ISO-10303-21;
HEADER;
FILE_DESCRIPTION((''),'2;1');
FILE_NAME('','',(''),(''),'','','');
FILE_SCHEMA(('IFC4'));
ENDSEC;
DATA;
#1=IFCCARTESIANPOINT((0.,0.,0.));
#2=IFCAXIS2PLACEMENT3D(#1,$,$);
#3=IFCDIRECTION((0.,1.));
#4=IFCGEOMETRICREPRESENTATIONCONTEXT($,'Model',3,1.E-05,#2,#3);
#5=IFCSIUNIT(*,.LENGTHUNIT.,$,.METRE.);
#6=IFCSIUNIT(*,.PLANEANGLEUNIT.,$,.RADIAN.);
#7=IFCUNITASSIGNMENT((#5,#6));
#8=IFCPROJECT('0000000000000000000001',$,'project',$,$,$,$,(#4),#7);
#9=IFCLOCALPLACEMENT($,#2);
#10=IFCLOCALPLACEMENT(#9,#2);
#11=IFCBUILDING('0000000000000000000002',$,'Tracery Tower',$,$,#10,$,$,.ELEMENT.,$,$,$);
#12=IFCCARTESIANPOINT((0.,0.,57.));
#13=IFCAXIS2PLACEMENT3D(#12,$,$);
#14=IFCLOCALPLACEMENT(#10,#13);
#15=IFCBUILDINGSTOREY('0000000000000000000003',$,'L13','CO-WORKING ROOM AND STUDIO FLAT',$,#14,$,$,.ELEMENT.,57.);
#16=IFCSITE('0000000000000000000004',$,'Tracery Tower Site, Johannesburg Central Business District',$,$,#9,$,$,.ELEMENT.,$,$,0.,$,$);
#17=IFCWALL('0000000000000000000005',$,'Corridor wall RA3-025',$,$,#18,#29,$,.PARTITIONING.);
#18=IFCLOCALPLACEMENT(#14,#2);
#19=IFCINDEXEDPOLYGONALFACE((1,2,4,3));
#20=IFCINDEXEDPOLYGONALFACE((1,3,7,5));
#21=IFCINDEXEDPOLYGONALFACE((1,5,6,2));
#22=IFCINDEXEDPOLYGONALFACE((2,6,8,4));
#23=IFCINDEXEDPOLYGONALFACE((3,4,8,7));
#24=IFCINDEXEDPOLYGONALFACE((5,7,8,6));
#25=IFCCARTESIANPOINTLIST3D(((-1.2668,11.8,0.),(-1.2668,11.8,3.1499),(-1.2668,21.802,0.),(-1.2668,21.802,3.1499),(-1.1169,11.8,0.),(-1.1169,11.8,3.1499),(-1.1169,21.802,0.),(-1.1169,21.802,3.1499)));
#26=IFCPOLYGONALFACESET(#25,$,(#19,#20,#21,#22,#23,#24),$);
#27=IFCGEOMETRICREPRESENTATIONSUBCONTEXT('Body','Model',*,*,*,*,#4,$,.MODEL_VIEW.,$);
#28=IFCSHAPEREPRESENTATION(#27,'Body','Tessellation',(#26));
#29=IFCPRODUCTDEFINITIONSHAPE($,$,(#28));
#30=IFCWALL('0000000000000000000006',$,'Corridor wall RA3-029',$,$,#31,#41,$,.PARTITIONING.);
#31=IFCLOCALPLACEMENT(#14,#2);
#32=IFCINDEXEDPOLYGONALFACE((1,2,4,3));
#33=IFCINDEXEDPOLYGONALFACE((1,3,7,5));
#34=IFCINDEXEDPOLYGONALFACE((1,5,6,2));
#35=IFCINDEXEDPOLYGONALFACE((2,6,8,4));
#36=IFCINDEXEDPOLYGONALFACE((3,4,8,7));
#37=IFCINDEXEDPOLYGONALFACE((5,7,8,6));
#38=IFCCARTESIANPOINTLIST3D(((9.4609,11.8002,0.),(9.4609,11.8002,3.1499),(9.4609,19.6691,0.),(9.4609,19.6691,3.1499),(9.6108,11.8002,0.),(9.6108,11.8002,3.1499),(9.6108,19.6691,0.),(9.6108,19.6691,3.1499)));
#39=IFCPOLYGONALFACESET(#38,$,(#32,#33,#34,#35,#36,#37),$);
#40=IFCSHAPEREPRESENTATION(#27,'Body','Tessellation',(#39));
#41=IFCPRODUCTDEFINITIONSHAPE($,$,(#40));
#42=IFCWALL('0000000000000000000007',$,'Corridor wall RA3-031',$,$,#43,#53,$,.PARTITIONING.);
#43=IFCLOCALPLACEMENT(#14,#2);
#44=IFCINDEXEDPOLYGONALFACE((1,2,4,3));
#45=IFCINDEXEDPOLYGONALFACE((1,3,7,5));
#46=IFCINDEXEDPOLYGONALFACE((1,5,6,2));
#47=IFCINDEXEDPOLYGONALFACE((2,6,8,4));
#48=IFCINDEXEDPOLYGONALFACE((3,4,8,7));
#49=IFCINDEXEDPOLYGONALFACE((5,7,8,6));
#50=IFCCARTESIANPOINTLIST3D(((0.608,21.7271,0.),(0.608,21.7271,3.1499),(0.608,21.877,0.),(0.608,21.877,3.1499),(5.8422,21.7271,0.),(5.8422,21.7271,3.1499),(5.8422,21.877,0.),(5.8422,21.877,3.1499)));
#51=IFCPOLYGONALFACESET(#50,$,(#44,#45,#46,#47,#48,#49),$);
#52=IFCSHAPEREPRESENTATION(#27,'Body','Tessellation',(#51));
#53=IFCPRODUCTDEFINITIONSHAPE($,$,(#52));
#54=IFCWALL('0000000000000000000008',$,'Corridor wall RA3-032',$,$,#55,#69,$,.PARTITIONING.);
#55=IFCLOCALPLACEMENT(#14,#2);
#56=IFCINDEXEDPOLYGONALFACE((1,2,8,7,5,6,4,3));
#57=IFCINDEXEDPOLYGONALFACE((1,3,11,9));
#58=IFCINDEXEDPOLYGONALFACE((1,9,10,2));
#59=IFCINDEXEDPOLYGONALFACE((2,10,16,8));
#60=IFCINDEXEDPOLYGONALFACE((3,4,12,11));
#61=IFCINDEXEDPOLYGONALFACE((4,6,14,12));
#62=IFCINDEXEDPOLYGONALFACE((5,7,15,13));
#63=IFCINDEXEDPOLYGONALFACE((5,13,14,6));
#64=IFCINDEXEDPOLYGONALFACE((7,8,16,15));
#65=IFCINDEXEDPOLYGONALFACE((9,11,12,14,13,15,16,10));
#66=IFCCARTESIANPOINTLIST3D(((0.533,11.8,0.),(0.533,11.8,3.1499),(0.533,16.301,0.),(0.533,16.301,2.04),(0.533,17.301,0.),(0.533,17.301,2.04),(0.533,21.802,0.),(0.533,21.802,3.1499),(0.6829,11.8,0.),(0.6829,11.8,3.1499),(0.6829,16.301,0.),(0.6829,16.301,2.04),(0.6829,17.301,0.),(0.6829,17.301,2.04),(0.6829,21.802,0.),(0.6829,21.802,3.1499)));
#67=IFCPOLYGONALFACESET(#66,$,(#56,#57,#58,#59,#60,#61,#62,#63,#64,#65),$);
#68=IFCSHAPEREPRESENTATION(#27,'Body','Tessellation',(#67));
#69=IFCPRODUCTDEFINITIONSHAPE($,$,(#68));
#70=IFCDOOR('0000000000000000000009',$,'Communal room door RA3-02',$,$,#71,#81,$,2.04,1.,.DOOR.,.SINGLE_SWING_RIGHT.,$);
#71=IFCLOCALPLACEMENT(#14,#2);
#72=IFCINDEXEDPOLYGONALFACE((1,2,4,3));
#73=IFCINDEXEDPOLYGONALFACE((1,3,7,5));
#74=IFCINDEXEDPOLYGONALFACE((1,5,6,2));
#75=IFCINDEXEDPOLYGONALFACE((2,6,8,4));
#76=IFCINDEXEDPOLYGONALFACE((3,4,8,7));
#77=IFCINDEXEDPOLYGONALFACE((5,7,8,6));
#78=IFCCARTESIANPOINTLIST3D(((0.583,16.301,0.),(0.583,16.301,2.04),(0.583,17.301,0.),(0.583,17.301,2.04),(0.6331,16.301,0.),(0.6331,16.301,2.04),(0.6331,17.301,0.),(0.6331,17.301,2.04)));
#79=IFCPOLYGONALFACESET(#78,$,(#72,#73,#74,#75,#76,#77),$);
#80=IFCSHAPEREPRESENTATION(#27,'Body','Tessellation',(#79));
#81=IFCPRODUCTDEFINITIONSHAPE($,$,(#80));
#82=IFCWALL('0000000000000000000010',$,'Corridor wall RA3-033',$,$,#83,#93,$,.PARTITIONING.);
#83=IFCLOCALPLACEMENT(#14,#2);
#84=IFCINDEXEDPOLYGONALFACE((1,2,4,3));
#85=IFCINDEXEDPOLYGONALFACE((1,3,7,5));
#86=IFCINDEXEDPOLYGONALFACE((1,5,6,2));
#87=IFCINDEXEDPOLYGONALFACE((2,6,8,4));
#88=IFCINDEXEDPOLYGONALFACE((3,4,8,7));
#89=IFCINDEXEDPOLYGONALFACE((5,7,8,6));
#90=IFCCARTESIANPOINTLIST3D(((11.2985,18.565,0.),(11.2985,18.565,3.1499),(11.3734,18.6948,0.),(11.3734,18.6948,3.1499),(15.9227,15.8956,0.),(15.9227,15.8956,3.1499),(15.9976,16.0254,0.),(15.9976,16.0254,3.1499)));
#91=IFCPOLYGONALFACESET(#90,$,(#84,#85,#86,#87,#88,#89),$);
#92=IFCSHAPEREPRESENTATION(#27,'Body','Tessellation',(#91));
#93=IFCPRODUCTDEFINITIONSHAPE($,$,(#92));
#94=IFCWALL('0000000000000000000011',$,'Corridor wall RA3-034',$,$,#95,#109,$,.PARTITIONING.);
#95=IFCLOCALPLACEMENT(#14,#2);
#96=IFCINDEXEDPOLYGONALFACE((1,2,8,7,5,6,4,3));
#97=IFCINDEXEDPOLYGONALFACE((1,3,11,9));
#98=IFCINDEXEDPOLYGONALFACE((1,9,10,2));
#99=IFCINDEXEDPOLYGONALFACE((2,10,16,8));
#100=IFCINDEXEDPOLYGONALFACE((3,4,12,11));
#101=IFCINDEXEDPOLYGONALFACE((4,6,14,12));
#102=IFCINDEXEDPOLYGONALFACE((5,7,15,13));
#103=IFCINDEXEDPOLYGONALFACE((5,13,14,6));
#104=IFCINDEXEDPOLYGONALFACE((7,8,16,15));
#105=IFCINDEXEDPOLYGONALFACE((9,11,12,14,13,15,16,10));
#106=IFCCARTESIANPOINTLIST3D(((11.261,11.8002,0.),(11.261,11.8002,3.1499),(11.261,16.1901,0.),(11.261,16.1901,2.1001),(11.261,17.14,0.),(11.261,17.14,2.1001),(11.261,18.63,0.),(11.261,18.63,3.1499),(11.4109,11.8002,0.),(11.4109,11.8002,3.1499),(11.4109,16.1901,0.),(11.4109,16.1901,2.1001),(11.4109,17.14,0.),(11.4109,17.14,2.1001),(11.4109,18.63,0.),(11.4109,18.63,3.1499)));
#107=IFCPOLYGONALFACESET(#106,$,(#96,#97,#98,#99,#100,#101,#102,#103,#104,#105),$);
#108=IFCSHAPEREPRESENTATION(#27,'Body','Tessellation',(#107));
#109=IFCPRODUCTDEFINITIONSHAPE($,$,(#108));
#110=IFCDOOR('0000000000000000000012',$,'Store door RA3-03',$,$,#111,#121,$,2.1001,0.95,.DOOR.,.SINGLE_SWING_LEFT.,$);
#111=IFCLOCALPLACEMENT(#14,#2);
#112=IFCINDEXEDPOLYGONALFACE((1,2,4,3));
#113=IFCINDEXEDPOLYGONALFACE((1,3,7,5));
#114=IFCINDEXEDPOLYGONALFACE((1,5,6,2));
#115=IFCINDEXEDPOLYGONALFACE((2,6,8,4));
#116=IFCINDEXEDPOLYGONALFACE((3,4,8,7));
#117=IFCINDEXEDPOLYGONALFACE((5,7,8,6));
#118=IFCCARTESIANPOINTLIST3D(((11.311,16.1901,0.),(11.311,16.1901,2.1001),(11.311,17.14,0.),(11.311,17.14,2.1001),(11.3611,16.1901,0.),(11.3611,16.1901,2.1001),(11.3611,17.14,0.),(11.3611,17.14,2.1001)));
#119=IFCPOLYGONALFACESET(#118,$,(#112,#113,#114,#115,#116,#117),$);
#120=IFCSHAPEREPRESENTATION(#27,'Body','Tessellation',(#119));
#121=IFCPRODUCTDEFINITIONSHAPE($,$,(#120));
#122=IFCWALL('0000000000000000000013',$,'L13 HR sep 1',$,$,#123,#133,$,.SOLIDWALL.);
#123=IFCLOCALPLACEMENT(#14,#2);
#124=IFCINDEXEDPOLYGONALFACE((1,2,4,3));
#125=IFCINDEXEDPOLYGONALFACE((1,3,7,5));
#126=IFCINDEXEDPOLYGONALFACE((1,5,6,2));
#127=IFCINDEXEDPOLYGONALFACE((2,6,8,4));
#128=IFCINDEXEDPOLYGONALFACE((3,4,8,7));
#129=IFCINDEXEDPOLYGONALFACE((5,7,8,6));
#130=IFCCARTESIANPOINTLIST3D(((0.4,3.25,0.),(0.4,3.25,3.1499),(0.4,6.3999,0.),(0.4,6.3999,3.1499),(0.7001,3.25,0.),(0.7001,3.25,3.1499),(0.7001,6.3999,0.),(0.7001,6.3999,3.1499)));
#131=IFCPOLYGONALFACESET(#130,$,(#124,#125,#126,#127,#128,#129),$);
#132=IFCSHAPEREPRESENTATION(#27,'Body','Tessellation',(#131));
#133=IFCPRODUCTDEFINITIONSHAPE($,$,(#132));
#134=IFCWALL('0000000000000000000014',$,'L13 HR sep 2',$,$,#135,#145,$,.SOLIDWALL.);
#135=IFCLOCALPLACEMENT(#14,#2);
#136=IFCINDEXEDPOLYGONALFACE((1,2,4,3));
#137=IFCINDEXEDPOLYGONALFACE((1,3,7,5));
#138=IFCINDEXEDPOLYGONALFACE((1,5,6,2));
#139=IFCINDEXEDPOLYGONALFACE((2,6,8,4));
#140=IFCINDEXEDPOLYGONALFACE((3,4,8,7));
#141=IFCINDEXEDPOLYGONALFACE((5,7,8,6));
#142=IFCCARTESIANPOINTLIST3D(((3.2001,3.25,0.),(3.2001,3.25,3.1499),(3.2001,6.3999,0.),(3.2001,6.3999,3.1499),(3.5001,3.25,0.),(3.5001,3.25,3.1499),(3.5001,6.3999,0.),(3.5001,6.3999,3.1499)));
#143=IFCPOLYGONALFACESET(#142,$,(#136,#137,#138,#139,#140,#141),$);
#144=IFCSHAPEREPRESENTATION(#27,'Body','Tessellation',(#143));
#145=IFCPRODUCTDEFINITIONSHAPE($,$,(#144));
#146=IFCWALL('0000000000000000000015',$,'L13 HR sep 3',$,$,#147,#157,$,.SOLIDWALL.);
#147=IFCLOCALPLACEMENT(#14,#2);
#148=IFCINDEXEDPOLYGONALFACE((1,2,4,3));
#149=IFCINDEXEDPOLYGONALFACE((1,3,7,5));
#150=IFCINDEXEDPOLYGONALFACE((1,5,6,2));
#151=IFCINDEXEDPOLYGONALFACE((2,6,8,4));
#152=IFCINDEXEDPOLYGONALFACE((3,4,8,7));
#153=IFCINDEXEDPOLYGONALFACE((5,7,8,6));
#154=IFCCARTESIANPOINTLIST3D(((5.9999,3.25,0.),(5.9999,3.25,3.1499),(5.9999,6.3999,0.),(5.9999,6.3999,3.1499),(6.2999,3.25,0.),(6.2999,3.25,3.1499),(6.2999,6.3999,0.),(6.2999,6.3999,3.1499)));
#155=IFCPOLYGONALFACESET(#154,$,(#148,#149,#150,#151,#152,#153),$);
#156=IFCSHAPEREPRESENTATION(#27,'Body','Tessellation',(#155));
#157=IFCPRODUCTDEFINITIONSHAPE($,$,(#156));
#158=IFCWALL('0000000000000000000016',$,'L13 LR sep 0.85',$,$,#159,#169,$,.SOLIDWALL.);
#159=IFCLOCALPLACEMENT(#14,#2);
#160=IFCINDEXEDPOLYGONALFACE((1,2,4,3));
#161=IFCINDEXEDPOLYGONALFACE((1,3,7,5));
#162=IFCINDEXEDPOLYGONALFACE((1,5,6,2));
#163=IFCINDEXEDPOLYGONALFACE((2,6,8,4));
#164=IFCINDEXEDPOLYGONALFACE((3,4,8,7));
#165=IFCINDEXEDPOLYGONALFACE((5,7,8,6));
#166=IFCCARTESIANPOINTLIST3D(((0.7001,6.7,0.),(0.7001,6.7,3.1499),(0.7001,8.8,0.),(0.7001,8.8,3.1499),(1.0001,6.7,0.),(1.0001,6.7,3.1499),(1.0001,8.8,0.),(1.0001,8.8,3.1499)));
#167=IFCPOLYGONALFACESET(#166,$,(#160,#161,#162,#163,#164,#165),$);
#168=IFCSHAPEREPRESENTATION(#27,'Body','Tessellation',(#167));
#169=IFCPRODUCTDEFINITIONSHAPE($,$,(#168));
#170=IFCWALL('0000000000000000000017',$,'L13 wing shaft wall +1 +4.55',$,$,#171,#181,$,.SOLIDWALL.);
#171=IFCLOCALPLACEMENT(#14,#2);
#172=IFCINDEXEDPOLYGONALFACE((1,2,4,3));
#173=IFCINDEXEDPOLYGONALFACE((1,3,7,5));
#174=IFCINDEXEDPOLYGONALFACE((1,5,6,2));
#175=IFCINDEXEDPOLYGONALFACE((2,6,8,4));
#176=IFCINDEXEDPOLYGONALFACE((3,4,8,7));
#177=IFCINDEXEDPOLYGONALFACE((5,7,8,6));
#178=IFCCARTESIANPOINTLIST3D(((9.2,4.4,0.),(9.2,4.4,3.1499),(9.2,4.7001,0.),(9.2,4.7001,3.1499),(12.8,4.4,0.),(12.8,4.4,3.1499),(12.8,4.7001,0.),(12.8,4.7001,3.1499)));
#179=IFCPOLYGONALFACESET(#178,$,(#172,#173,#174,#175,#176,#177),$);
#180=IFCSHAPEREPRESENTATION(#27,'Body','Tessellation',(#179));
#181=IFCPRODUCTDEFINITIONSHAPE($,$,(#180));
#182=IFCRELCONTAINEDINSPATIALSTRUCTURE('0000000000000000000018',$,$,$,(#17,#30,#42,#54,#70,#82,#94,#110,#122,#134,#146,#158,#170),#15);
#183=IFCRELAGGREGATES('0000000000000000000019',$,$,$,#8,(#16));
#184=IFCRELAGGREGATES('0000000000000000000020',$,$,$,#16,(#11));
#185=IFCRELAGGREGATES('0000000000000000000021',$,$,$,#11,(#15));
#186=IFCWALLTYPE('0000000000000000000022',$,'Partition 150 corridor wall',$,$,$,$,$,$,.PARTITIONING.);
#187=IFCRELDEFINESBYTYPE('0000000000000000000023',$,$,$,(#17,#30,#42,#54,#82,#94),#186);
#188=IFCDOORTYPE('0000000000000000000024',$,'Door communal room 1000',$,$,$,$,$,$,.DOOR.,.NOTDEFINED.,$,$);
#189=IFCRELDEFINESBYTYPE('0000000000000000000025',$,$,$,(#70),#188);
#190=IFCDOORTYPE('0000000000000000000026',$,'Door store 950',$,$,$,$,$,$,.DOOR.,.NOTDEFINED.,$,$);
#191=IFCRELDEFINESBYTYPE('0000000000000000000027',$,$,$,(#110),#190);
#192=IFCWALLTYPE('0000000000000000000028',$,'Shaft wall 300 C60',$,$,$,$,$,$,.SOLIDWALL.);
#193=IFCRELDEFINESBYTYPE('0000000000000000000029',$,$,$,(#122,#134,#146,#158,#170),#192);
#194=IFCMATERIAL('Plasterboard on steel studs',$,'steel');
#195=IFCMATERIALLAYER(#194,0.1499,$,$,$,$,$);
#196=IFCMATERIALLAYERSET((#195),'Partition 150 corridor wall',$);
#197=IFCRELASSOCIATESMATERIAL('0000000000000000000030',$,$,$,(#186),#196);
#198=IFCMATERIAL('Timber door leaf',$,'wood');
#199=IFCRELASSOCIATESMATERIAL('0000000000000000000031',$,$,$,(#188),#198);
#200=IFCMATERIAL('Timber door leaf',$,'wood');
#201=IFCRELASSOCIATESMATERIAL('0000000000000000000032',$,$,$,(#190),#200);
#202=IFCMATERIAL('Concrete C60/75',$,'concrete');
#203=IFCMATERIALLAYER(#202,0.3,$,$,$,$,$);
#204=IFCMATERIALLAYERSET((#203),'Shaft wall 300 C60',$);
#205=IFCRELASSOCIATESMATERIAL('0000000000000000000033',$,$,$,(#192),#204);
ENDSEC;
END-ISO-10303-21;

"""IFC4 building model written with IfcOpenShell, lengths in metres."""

from ifc_helpers import new_model, si_unit, direction, frame, frame_2d, origin, place, context, subcontext, project, spatial, rectangle, extrude, material, layer, layer_set, type_object, element, fill, save


model = new_model("IFC4")

# Units and contexts
model_context = context("Model", 3, precision=1e-05, world=origin(), true_north=direction((0.0, 1.0)))
body_context = subcontext(model_context, "Body", "Model", "MODEL_VIEW")
ifc_project = project(units=[si_unit("LENGTHUNIT", "METRE"), si_unit("PLANEANGLEUNIT", "RADIAN")], contexts=[model_context])

# Site, building, storey
site_placement = place(None, origin())
site = spatial("IfcSite", under=ifc_project, at=site_placement, Name="Tracery Tower Site, Johannesburg Central Business District", CompositionType="ELEMENT", RefElevation=0.0)
building_placement = place(site_placement, origin())
building = spatial("IfcBuilding", under=site, at=building_placement, Name="Tracery Tower", CompositionType="ELEMENT")
storey_placement = place(building_placement, frame((0.0, 0.0, 57.0)))
storey = spatial("IfcBuildingStorey", under=building, at=storey_placement, Name="L13", Description="CO-WORKING ROOM AND STUDIO FLAT", CompositionType="ELEMENT", Elevation=57.0)

# Walls
ifc_material_1 = material(Name="Plasterboard on steel studs", Category="steel")
ifc_layer_1 = layer(ifc_material_1, 0.1499)
ifc_layer_set_1 = layer_set([ifc_layer_1], Name="Partition 150 corridor wall")
wall_type_1 = type_object("IfcWallType", Name="Partition 150 corridor wall", PredefinedType="PARTITIONING", material=ifc_layer_set_1)
wall_1_placement = place(storey_placement, frame((-1.1919, 11.8, 0.0), z_axis=(0.0, 0.0, 1.0), x_axis=(0.0, 1.0, 0.0)))
element("IfcWall", 1, at=wall_1_placement, inside=storey, type_object=wall_type_1, Name="Corridor wall RA3-025", PredefinedType="PARTITIONING", context=body_context, shape_type="SweptSolid", body=[
    extrude(rectangle(XDim=10.002, YDim=0.1499, at=frame_2d((5.001, 0.0))), origin(), (0.0, 0.0, 1.0), 3.1499),
])
wall_2_placement = place(storey_placement, frame((9.5359, 11.8, 0.0), z_axis=(0.0, 0.0, 1.0), x_axis=(0.0, 1.0, 0.0)))
element("IfcWall", 2, at=wall_2_placement, inside=storey, type_object=wall_type_1, Name="Corridor wall RA3-029", PredefinedType="PARTITIONING", context=body_context, shape_type="SweptSolid", body=[
    extrude(rectangle(XDim=7.8689, YDim=0.1499, at=frame_2d((3.9346, 0.0))), origin(), (0.0, 0.0, 1.0), 3.1499),
])
wall_3_placement = place(storey_placement, frame((0.6079, 21.802, 0.0), z_axis=(0.0, 0.0, 1.0), x_axis=(1.0, 0.0, 0.0)))
element("IfcWall", 3, at=wall_3_placement, inside=storey, type_object=wall_type_1, Name="Corridor wall RA3-031", PredefinedType="PARTITIONING", context=body_context, shape_type="SweptSolid", body=[
    extrude(rectangle(XDim=5.2341, YDim=0.1499, at=frame_2d((2.6172, 0.0))), origin(), (0.0, 0.0, 1.0), 3.1499),
])

# Wall, opening, door
wall_4_placement = place(storey_placement, frame((0.6079, 11.8, 0.0), z_axis=(0.0, 0.0, 1.0), x_axis=(0.0, 1.0, 0.0)))
wall_4 = element("IfcWall", 4, at=wall_4_placement, inside=storey, type_object=wall_type_1, Name="Corridor wall RA3-032", PredefinedType="PARTITIONING", context=body_context, shape_type="SweptSolid", body=[
    extrude(rectangle(XDim=10.002, YDim=0.1499, at=frame_2d((5.001, 0.0))), origin(), (0.0, 0.0, 1.0), 3.1499),
])
opening_1_placement = place(wall_4_placement, frame((4.501, 0.0, 0.0)))
opening_1 = element("IfcOpeningElement", 5, at=opening_1_placement, cuts=wall_4, PredefinedType="OPENING", context=body_context, shape_type="SweptSolid", body=[
    extrude(rectangle(XDim=1.0, YDim=2.04, at=frame_2d((0.5, 1.02))), frame((0.0, 0.075, 0.0), z_axis=(0.0, -1.0, 0.0), x_axis=(1.0, 0.0, 0.0)), (0.0, 0.0, 1.0), 0.1499),
])
ifc_material_2 = material(Name="Timber door leaf", Category="wood")
door_type_1 = type_object("IfcDoorType", Name="Door communal room 1000", OperationType="NOTDEFINED", PredefinedType="DOOR", material=ifc_material_2)
door_1_placement = place(opening_1_placement, origin())
door_1 = element("IfcDoor", 6, at=door_1_placement, inside=storey, type_object=door_type_1, Name="Communal room door RA3-02", OperationType="SINGLE_SWING_RIGHT", OverallHeight=2.04, OverallWidth=1.0, PredefinedType="DOOR", context=body_context, shape_type="SweptSolid", body=[
    extrude(rectangle(XDim=1.0, YDim=2.04, at=frame_2d((0.5, 1.02))), frame((0.0, 0.0249, 0.0), z_axis=(0.0, -1.0, 0.0), x_axis=(1.0, 0.0, 0.0)), (0.0, 0.0, 1.0), 0.05),
])
fill(opening_1, door_1)

# Wall
wall_5_placement = place(storey_placement, frame((11.3359, 18.6299, 0.0), z_axis=(0.0, 0.0, 1.0), x_axis=(0.866057, -0.499945, 0.0)))
element("IfcWall", 7, at=wall_5_placement, inside=storey, type_object=wall_type_1, Name="Corridor wall RA3-033", PredefinedType="PARTITIONING", context=body_context, shape_type="SweptSolid", body=[
    extrude(rectangle(XDim=5.3394, YDim=0.1499, at=frame_2d((2.6697, 0.0))), origin(), (0.0, 0.0, 1.0), 3.1499),
])

# Wall, opening, door
wall_6_placement = place(storey_placement, frame((11.3359, 11.8, 0.0), z_axis=(0.0, 0.0, 1.0), x_axis=(0.0, 1.0, 0.0)))
wall_6 = element("IfcWall", 8, at=wall_6_placement, inside=storey, type_object=wall_type_1, Name="Corridor wall RA3-034", PredefinedType="PARTITIONING", context=body_context, shape_type="SweptSolid", body=[
    extrude(rectangle(XDim=6.8298, YDim=0.1499, at=frame_2d((3.415, 0.0))), origin(), (0.0, 0.0, 1.0), 3.1499),
])
opening_2_placement = place(wall_6_placement, frame((4.3899, 0.0, 0.0)))
opening_2 = element("IfcOpeningElement", 9, at=opening_2_placement, cuts=wall_6, PredefinedType="OPENING", context=body_context, shape_type="SweptSolid", body=[
    extrude(rectangle(XDim=0.95, YDim=2.1001, at=frame_2d((0.4751, 1.05))), frame((0.0, 0.075, 0.0), z_axis=(0.0, -1.0, 0.0), x_axis=(1.0, 0.0, 0.0)), (0.0, 0.0, 1.0), 0.1499),
])
ifc_material_3 = material(Name="Timber door leaf", Category="wood")
door_type_2 = type_object("IfcDoorType", Name="Door store 950", OperationType="NOTDEFINED", PredefinedType="DOOR", material=ifc_material_3)
door_2_placement = place(opening_2_placement, origin())
door_2 = element("IfcDoor", 10, at=door_2_placement, inside=storey, type_object=door_type_2, Name="Store door RA3-03", OperationType="SINGLE_SWING_LEFT", OverallHeight=2.1001, OverallWidth=0.95, PredefinedType="DOOR", context=body_context, shape_type="SweptSolid", body=[
    extrude(rectangle(XDim=0.95, YDim=2.1001, at=frame_2d((0.4751, 1.05))), frame((0.0, 0.0249, 0.0), z_axis=(0.0, -1.0, 0.0), x_axis=(1.0, 0.0, 0.0)), (0.0, 0.0, 1.0), 0.05),
])
fill(opening_2, door_2)

# Walls
ifc_material_4 = material(Name="Concrete C60/75", Category="concrete")
ifc_layer_2 = layer(ifc_material_4, 0.3)
ifc_layer_set_2 = layer_set([ifc_layer_2], Name="Shaft wall 300 C60")
wall_type_2 = type_object("IfcWallType", Name="Shaft wall 300 C60", PredefinedType="SOLIDWALL", material=ifc_layer_set_2)
for number, where, z_axis, x_axis, name in (
    (11, (0.55, 3.25, 0.0), (0.0, 0.0, 1.0), (0.0, 1.0, 0.0), "L13 HR sep 1"),
    (12, (3.3501, 3.25, 0.0), (0.0, 0.0, 1.0), (0.0, 1.0, 0.0), "L13 HR sep 2"),
    (13, (6.1499, 3.25, 0.0), (0.0, 0.0, 1.0), (0.0, 1.0, 0.0), "L13 HR sep 3"),
):
    element("IfcWall", number, at=place(storey_placement, frame(where, z_axis=z_axis, x_axis=x_axis)), inside=storey, type_object=wall_type_2, Name=name, PredefinedType="SOLIDWALL", context=body_context, shape_type="SweptSolid", body=[
        extrude(rectangle(XDim=3.1499, YDim=0.3, at=frame_2d((1.575, 0.0))), origin(), (0.0, 0.0, 1.0), 3.1499),
    ])
wall_7_placement = place(storey_placement, frame((0.8501, 6.7, 0.0), z_axis=(0.0, 0.0, 1.0), x_axis=(0.0, 1.0, 0.0)))
element("IfcWall", 14, at=wall_7_placement, inside=storey, type_object=wall_type_2, Name="L13 LR sep 0.85", PredefinedType="SOLIDWALL", context=body_context, shape_type="SweptSolid", body=[
    extrude(rectangle(XDim=2.1001, YDim=0.3, at=frame_2d((1.05, 0.0))), origin(), (0.0, 0.0, 1.0), 3.1499),
])
wall_8_placement = place(storey_placement, frame((9.2, 4.55, 0.0), z_axis=(0.0, 0.0, 1.0), x_axis=(1.0, 0.0, 0.0)))
element("IfcWall", 15, at=wall_8_placement, inside=storey, type_object=wall_type_2, Name="L13 wing shaft wall +1 +4.55", PredefinedType="SOLIDWALL", context=body_context, shape_type="SweptSolid", body=[
    extrude(rectangle(XDim=3.6001, YDim=0.3, at=frame_2d((1.8, 0.0))), origin(), (0.0, 0.0, 1.0), 3.1499),
])

save(model, "model.ifc")
